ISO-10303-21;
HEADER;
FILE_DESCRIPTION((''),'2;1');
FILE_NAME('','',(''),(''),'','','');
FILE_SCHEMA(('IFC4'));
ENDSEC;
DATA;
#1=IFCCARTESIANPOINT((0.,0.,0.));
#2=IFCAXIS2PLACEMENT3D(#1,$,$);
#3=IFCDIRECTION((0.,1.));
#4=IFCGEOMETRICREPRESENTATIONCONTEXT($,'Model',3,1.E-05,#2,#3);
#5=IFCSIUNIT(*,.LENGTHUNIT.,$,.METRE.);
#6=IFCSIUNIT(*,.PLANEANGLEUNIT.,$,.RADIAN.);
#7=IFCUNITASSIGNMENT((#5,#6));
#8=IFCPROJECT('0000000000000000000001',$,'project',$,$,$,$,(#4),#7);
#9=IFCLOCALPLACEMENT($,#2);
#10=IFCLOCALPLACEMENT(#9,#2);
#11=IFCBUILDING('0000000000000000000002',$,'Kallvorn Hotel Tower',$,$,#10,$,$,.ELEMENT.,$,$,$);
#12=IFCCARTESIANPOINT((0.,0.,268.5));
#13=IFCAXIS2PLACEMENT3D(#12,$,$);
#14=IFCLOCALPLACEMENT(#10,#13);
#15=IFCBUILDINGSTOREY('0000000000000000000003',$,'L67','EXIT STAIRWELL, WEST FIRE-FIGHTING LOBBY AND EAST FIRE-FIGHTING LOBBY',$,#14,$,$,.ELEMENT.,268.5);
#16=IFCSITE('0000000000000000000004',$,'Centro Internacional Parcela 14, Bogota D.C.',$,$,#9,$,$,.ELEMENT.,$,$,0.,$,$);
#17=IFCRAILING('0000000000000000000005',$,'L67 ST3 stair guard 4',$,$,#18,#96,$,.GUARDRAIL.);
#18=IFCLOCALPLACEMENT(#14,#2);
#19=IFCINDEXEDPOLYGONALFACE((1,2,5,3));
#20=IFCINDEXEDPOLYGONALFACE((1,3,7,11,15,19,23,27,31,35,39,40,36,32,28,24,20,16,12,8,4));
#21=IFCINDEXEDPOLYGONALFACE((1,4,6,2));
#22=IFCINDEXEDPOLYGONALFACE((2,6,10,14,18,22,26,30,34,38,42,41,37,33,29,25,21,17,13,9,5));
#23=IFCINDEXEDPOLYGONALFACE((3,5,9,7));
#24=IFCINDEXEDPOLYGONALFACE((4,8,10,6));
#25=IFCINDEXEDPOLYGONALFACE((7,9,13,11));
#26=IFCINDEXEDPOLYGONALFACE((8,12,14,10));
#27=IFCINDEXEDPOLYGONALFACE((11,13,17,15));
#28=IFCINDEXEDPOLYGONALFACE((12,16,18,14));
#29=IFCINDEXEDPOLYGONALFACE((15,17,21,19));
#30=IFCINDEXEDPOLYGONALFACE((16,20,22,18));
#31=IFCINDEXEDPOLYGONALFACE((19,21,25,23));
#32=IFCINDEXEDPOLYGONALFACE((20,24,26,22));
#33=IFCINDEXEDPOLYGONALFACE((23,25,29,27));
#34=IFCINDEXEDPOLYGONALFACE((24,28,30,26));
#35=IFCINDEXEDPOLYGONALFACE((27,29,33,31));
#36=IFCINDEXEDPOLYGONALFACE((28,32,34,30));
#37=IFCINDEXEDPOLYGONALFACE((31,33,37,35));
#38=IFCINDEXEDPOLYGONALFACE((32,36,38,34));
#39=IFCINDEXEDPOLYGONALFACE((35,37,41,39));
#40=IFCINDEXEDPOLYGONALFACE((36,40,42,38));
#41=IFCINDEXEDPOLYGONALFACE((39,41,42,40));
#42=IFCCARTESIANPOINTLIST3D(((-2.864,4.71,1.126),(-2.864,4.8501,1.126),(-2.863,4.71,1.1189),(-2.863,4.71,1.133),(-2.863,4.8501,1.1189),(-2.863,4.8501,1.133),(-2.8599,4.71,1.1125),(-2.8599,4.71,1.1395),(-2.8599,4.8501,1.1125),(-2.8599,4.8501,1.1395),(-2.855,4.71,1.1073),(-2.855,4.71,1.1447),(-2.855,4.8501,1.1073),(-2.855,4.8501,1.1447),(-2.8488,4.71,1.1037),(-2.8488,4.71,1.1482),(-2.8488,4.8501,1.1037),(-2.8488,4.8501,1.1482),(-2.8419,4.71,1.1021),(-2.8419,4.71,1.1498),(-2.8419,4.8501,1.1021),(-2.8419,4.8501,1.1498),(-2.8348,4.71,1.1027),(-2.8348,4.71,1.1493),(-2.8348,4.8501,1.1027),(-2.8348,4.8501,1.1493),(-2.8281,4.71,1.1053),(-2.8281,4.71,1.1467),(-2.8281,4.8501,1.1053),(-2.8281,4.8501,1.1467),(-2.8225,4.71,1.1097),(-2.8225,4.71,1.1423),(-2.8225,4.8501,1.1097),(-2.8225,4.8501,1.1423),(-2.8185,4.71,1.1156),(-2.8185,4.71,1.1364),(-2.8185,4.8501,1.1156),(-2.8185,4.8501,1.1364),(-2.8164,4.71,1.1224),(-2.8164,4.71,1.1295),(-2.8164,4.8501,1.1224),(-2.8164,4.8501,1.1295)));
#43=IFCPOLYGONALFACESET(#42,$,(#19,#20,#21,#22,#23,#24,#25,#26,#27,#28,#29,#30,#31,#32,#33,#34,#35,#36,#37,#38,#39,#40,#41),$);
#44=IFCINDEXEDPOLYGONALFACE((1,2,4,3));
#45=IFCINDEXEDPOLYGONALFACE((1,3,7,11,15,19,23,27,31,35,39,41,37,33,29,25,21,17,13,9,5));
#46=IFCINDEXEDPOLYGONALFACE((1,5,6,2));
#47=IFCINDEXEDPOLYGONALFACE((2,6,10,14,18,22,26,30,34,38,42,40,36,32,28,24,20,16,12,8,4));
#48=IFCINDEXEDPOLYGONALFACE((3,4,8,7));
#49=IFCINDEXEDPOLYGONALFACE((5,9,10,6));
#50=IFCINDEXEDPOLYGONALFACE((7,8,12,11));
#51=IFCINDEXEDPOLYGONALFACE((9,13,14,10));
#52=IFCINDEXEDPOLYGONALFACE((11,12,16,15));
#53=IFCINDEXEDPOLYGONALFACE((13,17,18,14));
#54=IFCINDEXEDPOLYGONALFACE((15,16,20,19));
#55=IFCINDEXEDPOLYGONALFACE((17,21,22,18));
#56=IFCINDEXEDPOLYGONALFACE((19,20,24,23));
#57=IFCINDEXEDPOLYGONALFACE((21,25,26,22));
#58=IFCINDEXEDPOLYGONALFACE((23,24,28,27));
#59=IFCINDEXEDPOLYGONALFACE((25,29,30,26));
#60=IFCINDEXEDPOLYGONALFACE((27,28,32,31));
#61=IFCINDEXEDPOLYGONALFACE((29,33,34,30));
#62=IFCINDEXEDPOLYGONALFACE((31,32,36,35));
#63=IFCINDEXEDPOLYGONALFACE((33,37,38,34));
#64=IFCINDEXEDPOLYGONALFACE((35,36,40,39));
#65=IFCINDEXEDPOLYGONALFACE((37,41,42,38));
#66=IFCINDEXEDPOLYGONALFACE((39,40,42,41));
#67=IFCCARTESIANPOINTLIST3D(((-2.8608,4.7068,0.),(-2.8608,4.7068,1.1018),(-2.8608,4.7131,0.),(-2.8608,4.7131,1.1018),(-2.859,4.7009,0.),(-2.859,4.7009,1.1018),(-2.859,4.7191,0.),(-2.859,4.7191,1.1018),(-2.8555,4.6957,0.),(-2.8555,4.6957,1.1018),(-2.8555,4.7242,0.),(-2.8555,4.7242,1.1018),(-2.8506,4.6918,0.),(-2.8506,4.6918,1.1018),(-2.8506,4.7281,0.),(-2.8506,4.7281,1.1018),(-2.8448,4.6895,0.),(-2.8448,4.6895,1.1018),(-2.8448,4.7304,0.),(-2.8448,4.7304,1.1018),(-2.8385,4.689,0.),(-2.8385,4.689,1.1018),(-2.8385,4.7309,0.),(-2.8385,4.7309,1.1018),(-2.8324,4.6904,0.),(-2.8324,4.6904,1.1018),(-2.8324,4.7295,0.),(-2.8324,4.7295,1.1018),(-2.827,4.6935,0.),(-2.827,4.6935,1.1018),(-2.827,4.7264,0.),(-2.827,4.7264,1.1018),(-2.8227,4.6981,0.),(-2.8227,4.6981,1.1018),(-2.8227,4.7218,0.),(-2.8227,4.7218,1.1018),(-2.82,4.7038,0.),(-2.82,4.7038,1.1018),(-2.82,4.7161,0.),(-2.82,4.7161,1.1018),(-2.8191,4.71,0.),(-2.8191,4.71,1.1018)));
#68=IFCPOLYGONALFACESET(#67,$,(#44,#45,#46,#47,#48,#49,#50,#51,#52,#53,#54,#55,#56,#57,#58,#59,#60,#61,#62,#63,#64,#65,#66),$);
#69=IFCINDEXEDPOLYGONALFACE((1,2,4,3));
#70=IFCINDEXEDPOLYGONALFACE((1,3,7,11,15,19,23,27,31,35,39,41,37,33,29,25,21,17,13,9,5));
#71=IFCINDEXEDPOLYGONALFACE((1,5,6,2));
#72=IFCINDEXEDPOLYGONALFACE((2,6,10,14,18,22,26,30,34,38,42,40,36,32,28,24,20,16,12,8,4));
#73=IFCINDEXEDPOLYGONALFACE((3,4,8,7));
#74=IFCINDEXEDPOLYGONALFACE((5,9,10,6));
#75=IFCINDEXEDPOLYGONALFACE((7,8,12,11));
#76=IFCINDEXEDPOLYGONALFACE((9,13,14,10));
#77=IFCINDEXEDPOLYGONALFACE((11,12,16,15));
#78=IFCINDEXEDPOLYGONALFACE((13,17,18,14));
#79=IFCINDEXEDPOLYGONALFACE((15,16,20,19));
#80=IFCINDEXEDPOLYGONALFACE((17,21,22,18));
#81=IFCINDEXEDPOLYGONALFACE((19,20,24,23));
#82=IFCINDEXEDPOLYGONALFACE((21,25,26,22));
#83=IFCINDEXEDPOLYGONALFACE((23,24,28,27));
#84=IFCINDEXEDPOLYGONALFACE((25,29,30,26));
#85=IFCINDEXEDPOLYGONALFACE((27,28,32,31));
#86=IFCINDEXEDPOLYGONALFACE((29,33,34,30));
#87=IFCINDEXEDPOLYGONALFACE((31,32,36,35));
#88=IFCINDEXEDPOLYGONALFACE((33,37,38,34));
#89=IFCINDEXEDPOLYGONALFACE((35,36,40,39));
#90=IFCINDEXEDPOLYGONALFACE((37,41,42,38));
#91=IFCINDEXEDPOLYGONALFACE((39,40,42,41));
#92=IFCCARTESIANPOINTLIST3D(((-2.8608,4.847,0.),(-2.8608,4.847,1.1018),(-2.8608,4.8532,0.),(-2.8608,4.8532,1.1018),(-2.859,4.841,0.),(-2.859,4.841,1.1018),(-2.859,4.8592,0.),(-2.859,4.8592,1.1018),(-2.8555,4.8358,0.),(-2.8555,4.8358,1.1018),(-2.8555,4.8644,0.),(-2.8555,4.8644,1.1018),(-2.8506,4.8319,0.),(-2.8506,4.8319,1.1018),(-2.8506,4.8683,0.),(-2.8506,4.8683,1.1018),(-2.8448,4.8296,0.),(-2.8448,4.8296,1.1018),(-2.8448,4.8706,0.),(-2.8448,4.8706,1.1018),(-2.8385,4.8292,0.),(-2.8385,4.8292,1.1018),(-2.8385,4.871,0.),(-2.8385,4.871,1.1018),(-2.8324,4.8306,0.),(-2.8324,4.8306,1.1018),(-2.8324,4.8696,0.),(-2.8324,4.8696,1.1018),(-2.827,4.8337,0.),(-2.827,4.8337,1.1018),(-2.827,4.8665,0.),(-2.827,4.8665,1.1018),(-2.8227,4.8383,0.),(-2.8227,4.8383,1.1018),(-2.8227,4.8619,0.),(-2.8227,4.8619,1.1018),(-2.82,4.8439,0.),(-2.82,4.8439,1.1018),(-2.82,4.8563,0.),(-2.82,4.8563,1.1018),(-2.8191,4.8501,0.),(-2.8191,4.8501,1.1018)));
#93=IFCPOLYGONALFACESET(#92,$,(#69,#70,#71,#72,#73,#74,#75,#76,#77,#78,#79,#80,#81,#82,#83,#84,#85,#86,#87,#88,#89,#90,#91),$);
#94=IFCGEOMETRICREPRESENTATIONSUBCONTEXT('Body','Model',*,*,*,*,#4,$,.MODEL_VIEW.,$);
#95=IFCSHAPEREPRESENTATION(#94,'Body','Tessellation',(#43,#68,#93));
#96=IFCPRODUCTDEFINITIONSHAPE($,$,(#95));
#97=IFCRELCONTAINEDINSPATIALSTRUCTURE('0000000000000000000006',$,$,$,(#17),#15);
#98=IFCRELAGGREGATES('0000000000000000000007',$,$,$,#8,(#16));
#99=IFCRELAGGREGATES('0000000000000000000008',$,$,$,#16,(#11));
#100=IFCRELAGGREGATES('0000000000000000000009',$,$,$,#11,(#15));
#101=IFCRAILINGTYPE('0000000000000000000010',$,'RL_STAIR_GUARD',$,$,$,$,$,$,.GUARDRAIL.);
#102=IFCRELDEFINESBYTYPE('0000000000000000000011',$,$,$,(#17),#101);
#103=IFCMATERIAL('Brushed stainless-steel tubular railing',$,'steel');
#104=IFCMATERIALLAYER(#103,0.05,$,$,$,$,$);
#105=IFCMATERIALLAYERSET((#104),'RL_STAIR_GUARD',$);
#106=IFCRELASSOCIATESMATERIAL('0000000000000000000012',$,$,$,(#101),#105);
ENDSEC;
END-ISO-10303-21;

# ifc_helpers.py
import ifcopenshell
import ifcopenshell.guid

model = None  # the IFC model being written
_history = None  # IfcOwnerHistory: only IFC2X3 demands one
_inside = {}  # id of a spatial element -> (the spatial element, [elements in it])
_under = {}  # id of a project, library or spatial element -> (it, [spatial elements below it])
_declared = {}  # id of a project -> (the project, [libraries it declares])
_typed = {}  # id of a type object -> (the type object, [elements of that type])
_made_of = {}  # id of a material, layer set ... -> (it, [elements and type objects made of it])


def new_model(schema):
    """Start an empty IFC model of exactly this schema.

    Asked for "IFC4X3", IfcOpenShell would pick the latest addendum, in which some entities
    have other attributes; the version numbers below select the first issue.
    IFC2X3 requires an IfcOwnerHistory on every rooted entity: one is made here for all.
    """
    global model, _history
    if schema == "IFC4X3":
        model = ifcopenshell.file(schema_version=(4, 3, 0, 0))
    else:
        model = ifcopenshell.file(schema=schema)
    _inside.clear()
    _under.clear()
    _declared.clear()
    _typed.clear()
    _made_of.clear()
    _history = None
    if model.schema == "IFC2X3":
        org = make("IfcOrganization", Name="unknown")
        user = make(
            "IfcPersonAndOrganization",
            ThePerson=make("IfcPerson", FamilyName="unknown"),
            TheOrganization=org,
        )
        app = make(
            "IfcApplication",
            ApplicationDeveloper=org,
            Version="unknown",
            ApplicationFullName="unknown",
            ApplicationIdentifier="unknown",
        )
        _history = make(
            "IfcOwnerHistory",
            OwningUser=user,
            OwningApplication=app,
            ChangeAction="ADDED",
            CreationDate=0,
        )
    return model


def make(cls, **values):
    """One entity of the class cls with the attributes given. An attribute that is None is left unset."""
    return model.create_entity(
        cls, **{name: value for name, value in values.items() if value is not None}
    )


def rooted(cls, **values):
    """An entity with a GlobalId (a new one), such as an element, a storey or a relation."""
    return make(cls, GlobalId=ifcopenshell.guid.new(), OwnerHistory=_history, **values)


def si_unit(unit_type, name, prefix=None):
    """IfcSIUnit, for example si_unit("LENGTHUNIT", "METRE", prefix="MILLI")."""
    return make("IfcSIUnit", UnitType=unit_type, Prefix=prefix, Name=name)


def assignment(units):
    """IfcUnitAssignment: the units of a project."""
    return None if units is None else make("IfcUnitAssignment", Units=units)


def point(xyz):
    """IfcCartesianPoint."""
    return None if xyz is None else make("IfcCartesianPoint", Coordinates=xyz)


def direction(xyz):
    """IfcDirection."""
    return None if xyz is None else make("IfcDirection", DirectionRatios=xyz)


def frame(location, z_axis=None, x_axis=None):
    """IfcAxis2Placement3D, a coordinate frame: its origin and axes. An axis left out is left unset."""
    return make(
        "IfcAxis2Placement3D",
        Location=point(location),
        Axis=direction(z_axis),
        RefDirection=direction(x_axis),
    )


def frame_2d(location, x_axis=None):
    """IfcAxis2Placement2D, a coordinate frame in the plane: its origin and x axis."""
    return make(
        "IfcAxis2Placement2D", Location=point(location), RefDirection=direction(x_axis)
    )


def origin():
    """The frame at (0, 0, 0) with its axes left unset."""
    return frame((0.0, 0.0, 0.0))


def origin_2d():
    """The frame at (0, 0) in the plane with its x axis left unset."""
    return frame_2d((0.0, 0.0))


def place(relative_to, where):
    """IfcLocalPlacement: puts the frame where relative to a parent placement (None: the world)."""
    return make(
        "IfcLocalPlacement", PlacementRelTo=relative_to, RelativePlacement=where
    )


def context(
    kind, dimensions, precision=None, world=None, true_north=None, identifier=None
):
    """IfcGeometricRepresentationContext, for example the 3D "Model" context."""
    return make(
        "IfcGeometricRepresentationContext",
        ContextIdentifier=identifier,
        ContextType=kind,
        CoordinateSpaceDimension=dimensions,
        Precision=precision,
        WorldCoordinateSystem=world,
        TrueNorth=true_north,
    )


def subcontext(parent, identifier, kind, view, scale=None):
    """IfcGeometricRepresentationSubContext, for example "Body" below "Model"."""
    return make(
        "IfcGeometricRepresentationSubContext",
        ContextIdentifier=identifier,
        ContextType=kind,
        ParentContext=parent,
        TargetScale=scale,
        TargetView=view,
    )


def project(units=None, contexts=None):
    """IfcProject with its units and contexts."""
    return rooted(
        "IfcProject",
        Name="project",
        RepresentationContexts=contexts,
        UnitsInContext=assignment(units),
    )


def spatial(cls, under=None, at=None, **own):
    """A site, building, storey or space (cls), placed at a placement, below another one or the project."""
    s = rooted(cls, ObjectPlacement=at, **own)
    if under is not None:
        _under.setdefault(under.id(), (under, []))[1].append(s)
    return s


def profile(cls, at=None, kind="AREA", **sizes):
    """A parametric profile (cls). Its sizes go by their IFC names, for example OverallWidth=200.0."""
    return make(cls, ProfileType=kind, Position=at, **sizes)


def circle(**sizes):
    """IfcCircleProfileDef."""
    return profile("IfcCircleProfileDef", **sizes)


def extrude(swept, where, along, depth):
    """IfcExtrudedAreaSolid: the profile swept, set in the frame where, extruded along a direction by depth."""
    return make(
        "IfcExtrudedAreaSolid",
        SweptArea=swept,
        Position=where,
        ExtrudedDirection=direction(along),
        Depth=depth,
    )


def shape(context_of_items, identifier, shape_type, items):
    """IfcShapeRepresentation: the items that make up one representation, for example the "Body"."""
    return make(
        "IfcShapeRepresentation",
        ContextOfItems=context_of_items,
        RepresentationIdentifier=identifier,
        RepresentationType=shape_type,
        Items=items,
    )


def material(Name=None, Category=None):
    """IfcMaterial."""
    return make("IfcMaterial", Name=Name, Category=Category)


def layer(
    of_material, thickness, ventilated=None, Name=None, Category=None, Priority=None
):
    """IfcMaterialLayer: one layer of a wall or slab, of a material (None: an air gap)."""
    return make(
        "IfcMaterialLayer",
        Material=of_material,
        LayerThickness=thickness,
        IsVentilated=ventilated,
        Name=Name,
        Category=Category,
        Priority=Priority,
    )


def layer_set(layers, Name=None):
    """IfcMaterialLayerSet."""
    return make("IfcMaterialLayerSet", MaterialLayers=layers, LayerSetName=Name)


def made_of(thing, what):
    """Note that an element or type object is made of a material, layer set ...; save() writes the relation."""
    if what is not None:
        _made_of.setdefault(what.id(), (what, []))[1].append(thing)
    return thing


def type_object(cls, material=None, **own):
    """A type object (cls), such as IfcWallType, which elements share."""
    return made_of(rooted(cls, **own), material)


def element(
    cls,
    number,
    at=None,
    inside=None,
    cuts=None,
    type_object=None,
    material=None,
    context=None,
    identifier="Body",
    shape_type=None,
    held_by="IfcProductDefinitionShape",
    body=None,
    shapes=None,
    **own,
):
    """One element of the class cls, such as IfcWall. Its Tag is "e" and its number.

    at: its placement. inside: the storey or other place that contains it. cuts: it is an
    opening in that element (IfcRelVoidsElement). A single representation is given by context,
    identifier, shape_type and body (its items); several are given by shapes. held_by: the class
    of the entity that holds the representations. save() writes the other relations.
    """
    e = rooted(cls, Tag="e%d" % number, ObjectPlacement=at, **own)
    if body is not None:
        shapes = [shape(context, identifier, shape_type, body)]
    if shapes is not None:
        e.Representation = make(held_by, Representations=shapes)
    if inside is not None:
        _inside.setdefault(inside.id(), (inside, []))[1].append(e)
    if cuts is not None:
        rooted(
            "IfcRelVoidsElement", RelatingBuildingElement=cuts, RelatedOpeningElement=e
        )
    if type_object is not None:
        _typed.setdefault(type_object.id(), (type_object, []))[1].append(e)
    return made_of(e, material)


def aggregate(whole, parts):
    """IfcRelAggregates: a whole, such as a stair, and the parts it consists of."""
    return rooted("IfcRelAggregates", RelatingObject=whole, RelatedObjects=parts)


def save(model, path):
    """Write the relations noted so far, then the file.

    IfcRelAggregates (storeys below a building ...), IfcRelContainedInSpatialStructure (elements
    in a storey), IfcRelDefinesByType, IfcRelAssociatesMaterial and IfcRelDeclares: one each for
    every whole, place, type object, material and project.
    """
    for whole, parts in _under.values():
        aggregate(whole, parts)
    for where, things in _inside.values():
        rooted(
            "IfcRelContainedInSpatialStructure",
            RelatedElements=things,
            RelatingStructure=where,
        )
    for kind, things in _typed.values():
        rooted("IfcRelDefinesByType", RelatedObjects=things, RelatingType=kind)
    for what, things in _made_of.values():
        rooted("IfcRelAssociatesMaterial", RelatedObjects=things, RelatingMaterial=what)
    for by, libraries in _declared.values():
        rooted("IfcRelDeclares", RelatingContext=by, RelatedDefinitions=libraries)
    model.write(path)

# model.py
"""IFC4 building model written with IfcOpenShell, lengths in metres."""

from ifc_helpers import new_model, si_unit, direction, frame, origin, origin_2d, place, context, subcontext, project, spatial, circle, extrude, material, layer, layer_set, type_object, element, save


model = new_model("IFC4")

# Units and contexts
model_context = context("Model", 3, precision=1e-05, world=origin(), true_north=direction((0.0, 1.0)))
body_context = subcontext(model_context, "Body", "Model", "MODEL_VIEW")
ifc_project = project(units=[si_unit("LENGTHUNIT", "METRE"), si_unit("PLANEANGLEUNIT", "RADIAN")], contexts=[model_context])

# Site, building, storey
site_placement = place(None, origin())
site = spatial("IfcSite", under=ifc_project, at=site_placement, Name="Centro Internacional Parcela 14, Bogota D.C.", CompositionType="ELEMENT", RefElevation=0.0)
building_placement = place(site_placement, origin())
building = spatial("IfcBuilding", under=site, at=building_placement, Name="Kallvorn Hotel Tower", CompositionType="ELEMENT")
storey_placement = place(building_placement, frame((0.0, 0.0, 268.5)))
storey = spatial("IfcBuildingStorey", under=building, at=storey_placement, Name="L67", Description="EXIT STAIRWELL, WEST FIRE-FIGHTING LOBBY AND EAST FIRE-FIGHTING LOBBY", CompositionType="ELEMENT", Elevation=268.5)

# Railing
ifc_material_1 = material(Name="Brushed stainless-steel tubular railing", Category="steel")
ifc_layer_1 = layer(ifc_material_1, 0.05)
ifc_layer_set_1 = layer_set([ifc_layer_1], Name="RL_STAIR_GUARD")
railing_type_1 = type_object("IfcRailingType", Name="RL_STAIR_GUARD", PredefinedType="GUARDRAIL", material=ifc_layer_set_1)
railing_1_placement = place(storey_placement, frame((-2.8401, 4.71, 0.0)))
element("IfcRailing", 1, at=railing_1_placement, inside=storey, type_object=railing_type_1, Name="L67 ST3 stair guard 4", PredefinedType="GUARDRAIL", context=body_context, shape_type="SweptSolid", body=[
    extrude(circle(Radius=0.0239, at=origin_2d()), frame((0.0, 0.0, 1.126), z_axis=(0.0, 1.0, 0.0), x_axis=(-1.0, 0.0, 0.0)), (0.0, 0.0, 1.0), 0.1401),
    extrude(circle(Radius=0.021, at=origin_2d()), origin(), (0.0, 0.0, 1.0), 1.1018),
    extrude(circle(Radius=0.021, at=origin_2d()), frame((0.0, 0.1401, 0.0)), (0.0, 0.0, 1.0), 1.1018),
])

save(model, "model.ifc")
